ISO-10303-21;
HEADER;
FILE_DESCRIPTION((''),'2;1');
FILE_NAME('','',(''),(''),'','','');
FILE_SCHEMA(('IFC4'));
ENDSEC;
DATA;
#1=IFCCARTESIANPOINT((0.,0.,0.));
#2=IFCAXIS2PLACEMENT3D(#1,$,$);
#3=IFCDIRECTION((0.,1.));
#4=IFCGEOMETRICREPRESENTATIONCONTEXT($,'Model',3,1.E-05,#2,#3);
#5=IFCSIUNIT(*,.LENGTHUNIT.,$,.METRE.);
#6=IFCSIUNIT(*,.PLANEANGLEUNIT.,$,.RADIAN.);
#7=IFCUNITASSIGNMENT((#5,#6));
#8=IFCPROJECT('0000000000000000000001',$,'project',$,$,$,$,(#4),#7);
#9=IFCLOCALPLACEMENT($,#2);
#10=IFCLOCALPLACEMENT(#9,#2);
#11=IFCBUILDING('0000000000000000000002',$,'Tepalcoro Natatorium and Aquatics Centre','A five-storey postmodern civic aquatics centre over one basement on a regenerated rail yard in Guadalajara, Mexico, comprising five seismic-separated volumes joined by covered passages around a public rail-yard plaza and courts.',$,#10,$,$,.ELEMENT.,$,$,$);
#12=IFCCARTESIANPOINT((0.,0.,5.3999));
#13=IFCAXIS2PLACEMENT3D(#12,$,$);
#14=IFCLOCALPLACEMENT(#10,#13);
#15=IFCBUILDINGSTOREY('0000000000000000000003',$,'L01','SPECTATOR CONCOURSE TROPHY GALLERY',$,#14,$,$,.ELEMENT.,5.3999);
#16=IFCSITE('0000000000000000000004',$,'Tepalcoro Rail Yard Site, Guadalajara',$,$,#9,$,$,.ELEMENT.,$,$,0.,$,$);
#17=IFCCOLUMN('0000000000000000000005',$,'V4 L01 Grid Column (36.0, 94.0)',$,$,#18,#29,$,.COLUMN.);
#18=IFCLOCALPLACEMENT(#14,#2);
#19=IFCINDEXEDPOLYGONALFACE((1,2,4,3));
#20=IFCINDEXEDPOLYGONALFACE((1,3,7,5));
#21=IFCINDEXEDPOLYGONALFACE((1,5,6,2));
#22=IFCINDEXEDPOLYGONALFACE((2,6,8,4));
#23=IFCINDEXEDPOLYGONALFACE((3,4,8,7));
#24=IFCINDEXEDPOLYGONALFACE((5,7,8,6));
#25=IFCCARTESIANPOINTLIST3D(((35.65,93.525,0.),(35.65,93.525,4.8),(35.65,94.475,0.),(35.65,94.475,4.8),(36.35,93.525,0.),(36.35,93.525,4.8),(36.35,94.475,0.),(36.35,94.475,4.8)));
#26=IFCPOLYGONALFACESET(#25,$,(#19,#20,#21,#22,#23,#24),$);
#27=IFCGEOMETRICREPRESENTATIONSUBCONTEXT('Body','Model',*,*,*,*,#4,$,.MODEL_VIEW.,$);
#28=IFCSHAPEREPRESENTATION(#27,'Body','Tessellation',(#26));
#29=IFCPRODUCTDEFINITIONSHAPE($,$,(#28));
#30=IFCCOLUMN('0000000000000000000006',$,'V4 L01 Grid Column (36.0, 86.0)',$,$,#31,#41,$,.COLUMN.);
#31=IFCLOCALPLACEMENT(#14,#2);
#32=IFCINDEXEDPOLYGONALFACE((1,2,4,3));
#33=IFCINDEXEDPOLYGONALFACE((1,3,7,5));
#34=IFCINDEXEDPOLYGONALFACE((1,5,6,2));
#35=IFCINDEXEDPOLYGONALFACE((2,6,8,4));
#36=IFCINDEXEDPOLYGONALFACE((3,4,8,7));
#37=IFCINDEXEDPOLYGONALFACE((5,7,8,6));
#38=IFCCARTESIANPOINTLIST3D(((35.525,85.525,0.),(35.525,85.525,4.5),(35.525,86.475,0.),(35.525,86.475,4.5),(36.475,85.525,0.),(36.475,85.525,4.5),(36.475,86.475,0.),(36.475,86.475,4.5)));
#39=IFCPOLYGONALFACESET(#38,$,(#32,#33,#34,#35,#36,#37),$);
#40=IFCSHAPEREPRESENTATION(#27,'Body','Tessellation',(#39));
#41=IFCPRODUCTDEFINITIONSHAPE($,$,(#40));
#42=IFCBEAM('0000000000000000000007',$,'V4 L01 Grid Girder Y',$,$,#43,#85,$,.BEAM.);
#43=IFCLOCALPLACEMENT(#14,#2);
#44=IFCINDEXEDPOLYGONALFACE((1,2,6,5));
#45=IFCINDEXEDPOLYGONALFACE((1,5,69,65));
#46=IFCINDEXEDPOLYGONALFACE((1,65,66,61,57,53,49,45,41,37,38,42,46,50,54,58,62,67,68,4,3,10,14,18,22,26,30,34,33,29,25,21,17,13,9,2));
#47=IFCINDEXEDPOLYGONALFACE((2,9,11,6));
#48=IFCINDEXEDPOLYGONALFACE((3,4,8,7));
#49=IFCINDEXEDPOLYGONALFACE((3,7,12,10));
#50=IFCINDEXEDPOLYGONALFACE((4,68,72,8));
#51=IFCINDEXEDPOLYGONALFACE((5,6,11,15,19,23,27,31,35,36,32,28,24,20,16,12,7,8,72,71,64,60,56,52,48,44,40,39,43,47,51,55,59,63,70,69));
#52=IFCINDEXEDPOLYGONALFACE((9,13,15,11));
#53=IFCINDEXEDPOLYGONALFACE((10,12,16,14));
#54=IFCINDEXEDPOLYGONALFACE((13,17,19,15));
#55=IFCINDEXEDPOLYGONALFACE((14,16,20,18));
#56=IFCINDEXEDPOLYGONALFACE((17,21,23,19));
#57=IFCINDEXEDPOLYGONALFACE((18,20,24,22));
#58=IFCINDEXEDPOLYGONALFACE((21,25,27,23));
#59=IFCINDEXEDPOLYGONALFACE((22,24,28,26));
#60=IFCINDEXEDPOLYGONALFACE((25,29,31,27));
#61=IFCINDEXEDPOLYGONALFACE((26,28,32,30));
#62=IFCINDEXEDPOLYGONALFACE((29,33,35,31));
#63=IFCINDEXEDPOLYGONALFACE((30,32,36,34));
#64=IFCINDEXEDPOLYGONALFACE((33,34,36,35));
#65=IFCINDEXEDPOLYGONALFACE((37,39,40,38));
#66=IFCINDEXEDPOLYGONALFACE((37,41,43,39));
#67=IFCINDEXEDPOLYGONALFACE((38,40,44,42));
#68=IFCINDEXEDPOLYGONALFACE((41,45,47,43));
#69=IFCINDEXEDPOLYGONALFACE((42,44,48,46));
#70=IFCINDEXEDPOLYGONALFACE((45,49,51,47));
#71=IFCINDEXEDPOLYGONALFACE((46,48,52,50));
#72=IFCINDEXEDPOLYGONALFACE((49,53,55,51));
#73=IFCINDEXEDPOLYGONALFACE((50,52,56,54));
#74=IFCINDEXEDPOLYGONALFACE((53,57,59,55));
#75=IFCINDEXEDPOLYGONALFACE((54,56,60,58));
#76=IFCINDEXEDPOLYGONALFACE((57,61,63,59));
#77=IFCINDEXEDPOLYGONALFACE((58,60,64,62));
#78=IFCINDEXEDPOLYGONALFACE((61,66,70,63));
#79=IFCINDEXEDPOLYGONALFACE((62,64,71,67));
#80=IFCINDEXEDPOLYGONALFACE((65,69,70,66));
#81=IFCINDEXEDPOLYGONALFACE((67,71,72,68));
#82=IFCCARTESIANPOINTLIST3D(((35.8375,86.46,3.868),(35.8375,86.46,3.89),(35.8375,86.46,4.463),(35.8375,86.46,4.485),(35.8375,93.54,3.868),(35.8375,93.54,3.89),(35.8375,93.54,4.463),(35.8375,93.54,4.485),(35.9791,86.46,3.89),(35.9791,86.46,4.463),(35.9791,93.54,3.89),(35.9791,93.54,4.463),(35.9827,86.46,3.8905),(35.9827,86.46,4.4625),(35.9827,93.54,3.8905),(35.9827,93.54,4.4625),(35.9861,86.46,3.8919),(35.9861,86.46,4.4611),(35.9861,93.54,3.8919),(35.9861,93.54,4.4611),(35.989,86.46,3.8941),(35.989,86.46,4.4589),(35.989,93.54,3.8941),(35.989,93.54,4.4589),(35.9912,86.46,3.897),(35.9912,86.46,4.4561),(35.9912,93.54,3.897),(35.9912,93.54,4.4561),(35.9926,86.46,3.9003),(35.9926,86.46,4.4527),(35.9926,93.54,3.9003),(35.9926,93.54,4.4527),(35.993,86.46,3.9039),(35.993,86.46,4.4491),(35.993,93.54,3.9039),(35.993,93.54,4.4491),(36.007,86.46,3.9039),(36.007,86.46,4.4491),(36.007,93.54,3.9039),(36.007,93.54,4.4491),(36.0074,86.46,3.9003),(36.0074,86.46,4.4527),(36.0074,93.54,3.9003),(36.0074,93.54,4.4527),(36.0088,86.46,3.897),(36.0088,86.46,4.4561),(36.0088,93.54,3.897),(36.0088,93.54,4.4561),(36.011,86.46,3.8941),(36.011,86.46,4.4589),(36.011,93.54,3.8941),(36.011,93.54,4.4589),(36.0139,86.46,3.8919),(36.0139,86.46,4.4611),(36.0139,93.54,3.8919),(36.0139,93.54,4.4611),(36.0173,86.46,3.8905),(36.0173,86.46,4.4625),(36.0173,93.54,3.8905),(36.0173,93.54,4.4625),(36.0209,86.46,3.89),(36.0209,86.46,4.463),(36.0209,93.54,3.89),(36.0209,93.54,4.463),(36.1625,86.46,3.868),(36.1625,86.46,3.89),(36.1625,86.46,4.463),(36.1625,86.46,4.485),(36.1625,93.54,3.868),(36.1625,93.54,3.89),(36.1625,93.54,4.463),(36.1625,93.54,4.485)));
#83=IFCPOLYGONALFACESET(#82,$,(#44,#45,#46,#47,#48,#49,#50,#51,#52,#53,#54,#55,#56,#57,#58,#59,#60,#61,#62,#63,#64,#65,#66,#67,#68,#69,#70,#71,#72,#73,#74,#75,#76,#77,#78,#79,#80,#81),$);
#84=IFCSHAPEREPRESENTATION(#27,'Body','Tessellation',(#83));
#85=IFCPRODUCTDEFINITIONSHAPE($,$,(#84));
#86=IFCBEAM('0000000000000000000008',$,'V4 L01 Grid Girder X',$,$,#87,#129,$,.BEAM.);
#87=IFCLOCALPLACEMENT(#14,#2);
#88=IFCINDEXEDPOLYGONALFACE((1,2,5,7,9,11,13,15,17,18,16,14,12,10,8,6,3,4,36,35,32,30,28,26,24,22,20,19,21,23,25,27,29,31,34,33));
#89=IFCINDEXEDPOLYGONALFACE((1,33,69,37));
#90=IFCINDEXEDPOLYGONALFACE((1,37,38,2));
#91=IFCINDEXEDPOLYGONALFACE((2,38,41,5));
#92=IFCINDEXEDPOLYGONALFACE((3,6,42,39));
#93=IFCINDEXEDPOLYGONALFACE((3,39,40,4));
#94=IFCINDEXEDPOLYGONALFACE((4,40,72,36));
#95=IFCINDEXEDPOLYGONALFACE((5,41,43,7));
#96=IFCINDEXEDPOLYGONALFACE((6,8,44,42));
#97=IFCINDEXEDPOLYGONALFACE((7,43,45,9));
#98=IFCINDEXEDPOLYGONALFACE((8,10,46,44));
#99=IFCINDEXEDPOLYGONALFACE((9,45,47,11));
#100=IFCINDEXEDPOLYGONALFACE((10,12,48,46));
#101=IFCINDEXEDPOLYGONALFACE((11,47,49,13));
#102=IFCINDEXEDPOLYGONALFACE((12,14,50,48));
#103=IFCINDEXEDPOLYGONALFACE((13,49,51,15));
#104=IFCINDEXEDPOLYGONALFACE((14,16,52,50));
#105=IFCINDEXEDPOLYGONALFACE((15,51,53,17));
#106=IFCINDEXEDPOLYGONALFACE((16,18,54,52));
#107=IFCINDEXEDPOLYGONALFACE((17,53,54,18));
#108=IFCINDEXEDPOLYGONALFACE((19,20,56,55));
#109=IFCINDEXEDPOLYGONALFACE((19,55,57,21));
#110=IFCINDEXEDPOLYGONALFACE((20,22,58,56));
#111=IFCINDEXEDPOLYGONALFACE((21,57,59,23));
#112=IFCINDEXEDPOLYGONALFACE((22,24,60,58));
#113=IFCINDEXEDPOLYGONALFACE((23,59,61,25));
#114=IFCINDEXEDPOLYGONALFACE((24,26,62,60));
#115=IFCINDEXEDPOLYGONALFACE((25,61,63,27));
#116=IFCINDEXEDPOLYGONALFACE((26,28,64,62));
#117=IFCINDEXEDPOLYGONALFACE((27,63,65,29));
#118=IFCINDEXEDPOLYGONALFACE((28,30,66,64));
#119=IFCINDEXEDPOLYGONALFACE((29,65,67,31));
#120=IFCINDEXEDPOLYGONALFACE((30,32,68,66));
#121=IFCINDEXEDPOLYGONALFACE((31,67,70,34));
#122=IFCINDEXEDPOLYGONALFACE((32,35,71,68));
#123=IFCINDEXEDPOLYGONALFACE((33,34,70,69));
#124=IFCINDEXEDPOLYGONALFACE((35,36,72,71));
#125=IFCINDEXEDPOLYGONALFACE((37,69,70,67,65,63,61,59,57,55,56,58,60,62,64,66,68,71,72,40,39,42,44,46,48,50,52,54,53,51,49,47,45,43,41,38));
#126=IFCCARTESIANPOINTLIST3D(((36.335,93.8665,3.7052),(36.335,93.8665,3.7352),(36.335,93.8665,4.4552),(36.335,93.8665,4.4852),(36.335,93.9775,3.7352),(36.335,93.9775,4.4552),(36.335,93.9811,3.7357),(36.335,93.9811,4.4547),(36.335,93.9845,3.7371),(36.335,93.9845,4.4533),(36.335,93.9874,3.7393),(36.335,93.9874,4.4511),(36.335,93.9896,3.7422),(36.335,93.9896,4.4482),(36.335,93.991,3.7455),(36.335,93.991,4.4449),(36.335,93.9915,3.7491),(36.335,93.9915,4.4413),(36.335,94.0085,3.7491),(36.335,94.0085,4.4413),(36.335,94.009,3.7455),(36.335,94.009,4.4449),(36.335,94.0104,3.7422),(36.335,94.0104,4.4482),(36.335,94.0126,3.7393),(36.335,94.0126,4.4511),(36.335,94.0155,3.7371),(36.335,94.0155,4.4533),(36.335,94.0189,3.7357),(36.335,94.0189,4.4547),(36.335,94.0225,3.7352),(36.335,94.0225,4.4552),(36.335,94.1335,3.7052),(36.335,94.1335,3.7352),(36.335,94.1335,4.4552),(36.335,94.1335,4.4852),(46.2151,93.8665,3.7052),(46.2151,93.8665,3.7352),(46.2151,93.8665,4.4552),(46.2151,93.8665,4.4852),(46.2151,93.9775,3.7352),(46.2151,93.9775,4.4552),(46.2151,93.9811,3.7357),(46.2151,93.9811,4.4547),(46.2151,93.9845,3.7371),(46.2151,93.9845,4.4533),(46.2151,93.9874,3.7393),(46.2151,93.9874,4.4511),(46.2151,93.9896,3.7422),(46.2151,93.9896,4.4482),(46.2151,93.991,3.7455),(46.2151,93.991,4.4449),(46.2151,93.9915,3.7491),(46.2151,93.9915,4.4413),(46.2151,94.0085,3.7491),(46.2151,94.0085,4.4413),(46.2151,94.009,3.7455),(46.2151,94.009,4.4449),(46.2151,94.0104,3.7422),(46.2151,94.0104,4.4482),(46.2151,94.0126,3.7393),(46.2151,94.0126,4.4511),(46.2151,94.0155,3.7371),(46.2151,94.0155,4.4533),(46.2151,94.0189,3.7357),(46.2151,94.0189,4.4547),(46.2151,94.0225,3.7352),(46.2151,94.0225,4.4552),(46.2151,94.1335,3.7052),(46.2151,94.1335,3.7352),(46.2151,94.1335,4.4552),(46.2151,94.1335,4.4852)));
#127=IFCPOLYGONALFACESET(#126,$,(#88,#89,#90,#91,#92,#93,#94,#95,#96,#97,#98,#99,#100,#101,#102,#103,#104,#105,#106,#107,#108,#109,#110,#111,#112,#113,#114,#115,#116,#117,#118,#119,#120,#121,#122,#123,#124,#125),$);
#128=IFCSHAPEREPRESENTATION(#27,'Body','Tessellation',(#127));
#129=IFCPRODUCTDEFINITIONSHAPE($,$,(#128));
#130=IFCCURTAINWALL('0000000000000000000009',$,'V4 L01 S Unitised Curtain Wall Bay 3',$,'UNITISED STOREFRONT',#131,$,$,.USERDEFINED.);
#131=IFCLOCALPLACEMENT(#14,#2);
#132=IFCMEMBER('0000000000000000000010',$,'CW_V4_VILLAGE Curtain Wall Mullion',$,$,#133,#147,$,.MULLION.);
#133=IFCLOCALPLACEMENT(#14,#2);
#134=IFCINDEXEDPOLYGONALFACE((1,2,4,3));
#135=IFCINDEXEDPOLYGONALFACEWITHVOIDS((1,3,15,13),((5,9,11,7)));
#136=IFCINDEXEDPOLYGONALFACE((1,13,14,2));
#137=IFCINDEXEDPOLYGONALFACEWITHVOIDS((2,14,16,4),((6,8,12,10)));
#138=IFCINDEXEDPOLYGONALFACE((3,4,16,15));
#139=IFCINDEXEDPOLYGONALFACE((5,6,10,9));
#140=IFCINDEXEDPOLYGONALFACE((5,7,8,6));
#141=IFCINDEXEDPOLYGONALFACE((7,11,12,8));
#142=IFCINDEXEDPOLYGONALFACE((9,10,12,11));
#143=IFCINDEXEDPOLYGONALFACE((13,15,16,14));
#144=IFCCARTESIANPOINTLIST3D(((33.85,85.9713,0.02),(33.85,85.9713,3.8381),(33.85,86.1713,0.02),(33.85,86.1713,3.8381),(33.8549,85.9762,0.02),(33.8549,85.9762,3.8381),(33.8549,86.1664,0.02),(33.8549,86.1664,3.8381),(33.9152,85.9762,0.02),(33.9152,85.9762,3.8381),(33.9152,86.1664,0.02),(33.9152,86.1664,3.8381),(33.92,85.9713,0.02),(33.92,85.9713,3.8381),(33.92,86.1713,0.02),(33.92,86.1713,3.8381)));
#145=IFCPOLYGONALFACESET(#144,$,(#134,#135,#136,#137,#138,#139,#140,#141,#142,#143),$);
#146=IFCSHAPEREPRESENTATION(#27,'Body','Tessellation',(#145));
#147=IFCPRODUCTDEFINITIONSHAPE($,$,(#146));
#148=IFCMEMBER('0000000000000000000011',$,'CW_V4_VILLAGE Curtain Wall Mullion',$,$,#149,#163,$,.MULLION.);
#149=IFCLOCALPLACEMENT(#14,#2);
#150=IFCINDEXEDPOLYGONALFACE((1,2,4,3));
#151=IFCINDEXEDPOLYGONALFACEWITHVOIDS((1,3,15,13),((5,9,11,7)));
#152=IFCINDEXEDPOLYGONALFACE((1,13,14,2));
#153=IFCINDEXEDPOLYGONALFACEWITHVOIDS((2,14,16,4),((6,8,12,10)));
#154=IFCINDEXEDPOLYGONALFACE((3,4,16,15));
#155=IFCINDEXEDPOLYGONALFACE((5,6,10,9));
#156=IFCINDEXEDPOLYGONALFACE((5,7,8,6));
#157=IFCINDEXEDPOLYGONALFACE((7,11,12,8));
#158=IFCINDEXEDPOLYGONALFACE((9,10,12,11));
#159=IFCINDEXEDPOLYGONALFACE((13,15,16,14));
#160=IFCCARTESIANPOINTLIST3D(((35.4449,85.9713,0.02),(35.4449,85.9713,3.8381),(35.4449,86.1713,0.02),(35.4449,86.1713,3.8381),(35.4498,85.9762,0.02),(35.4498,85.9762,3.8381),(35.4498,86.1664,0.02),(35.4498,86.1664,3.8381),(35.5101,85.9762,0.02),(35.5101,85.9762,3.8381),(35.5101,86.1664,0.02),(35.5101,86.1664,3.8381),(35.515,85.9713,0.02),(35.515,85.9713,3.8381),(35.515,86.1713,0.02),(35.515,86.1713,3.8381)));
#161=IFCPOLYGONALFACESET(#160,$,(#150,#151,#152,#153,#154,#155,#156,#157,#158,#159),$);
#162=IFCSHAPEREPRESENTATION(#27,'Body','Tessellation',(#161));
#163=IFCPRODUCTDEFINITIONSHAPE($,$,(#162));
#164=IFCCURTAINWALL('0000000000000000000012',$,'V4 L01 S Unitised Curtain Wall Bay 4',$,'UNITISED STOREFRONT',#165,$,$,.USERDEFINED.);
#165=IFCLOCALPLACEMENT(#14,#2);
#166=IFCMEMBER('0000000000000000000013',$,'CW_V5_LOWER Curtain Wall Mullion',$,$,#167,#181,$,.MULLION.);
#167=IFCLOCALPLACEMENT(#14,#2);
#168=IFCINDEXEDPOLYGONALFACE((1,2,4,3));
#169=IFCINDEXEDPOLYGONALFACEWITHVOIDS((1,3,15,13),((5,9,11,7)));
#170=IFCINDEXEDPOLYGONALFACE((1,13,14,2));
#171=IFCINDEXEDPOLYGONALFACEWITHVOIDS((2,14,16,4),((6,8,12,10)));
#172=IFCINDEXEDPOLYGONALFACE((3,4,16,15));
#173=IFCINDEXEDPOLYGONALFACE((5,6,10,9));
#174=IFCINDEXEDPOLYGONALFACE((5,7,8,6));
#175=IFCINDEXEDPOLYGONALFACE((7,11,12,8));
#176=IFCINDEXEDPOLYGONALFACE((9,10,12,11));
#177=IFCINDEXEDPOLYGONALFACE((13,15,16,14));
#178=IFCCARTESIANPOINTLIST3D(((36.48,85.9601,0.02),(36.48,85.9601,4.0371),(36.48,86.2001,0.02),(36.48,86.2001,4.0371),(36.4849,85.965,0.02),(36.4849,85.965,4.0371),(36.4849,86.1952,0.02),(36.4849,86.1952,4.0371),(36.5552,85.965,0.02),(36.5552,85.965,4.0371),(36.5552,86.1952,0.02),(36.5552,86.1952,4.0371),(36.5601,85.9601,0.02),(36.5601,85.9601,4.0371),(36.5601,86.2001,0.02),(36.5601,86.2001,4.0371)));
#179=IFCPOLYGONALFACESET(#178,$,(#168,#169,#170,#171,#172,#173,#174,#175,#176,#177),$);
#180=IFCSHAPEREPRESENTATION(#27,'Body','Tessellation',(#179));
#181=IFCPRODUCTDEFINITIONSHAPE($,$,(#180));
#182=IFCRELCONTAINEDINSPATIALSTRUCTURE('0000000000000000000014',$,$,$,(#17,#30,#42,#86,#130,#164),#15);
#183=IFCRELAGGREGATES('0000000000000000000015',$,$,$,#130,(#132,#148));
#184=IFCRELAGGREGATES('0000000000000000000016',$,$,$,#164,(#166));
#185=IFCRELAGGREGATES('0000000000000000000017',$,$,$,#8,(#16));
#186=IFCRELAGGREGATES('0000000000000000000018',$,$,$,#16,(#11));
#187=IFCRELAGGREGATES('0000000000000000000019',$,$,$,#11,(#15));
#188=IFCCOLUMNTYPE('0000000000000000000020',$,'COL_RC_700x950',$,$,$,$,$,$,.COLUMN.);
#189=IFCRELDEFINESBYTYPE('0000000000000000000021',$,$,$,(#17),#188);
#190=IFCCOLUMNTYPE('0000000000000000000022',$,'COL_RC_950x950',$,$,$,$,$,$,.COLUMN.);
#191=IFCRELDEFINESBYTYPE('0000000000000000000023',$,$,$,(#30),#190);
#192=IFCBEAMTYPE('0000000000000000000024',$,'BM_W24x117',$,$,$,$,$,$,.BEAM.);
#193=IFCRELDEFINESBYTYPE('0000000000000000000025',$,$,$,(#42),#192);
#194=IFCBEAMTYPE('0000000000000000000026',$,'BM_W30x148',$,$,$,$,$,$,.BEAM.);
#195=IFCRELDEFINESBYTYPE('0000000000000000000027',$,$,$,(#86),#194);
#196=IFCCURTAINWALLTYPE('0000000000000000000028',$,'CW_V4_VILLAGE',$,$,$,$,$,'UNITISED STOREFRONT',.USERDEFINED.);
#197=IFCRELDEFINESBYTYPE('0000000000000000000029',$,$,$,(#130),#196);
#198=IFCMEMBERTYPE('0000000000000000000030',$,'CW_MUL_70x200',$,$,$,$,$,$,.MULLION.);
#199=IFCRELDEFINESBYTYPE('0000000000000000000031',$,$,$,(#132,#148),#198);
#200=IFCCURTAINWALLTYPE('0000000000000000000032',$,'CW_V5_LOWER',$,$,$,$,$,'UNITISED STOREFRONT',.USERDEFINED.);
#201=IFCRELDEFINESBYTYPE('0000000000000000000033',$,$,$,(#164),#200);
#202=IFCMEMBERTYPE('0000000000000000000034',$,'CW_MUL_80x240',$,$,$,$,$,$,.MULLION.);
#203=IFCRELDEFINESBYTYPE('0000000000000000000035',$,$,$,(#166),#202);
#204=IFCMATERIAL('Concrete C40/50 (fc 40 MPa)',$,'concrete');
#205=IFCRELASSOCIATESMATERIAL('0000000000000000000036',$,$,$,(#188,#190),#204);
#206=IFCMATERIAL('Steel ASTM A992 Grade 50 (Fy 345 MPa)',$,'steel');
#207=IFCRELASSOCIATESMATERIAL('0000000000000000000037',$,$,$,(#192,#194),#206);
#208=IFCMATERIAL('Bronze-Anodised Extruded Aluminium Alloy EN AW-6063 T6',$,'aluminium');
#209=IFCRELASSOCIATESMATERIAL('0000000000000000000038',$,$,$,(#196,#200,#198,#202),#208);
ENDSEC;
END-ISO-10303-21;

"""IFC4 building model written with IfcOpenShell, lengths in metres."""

from ifc_helpers import new_model, si_unit, direction, frame, origin, origin_2d, place, context, subcontext, project, spatial, rectangle, hollow_rectangle, i_section, extrude, material, material_profile, profile_set, type_object, element, aggregate, save


model = new_model("IFC4")

# Units and contexts
model_context = context("Model", 3, precision=1e-05, world=origin(), true_north=direction((0.0, 1.0)))
body_context = subcontext(model_context, "Body", "Model", "MODEL_VIEW")
ifc_project = project(units=[si_unit("LENGTHUNIT", "METRE"), si_unit("PLANEANGLEUNIT", "RADIAN")], contexts=[model_context])

# Site, building, storey
site_placement = place(None, origin())
site = spatial("IfcSite", under=ifc_project, at=site_placement, Name="Tepalcoro Rail Yard Site, Guadalajara", CompositionType="ELEMENT", RefElevation=0.0)
building_placement = place(site_placement, origin())
building = spatial("IfcBuilding", under=site, at=building_placement, Name="Tepalcoro Natatorium and Aquatics Centre", Description="A five-storey postmodern civic aquatics centre over one basement on a regenerated rail yard in Guadalajara, Mexico, comprising five seismic-separated volumes joined by covered passages around a public rail-yard plaza and courts.", CompositionType="ELEMENT")
storey_placement = place(building_placement, frame((0.0, 0.0, 5.3999)))
storey = spatial("IfcBuildingStorey", under=building, at=storey_placement, Name="L01", Description="SPECTATOR CONCOURSE TROPHY GALLERY", CompositionType="ELEMENT", Elevation=5.3999)

# Columns
ifc_material_1 = material(Name="Concrete C40/50 (fc 40 MPa)", Category="concrete")
ifc_material_profile_1 = material_profile(ifc_material_1, rectangle(XDim=0.7, YDim=0.95, at=origin_2d()), Name="RC700x950")
ifc_profile_set_1 = profile_set([ifc_material_profile_1], Name="Concrete C40/50 (fc 40 MPa)")
column_type_1 = type_object("IfcColumnType", Name="COL_RC_700x950", PredefinedType="COLUMN", material=ifc_profile_set_1)
column_1_placement = place(storey_placement, frame((36.0, 94.0, 0.0), z_axis=(0.0, 0.0, 1.0), x_axis=(1.0, 0.0, 0.0)))
element("IfcColumn", 1, at=column_1_placement, inside=storey, type_object=column_type_1, Name="V4 L01 Grid Column (36.0, 94.0)", PredefinedType="COLUMN", context=body_context, shape_type="SweptSolid", body=[
    extrude(rectangle(XDim=0.7, YDim=0.95, at=origin_2d()), origin(), (0.0, 0.0, 1.0), 4.8),
])
ifc_material_profile_2 = material_profile(ifc_material_1, rectangle(XDim=0.95, YDim=0.95, at=origin_2d()), Name="RC950x950")
ifc_profile_set_2 = profile_set([ifc_material_profile_2], Name="Concrete C40/50 (fc 40 MPa)")
column_type_2 = type_object("IfcColumnType", Name="COL_RC_950x950", PredefinedType="COLUMN", material=ifc_profile_set_2)
column_2_placement = place(storey_placement, frame((36.0, 86.0, 0.0), z_axis=(0.0, 0.0, 1.0), x_axis=(1.0, 0.0, 0.0)))
element("IfcColumn", 2, at=column_2_placement, inside=storey, type_object=column_type_2, Name="V4 L01 Grid Column (36.0, 86.0)", PredefinedType="COLUMN", context=body_context, shape_type="SweptSolid", body=[
    extrude(rectangle(XDim=0.95, YDim=0.95, at=origin_2d()), origin(), (0.0, 0.0, 1.0), 4.5),
])

# Beams
ifc_material_2 = material(Name="Steel ASTM A992 Grade 50 (Fy 345 MPa)", Category="steel")
ifc_material_profile_3 = material_profile(ifc_material_2, i_section(OverallWidth=0.325, OverallDepth=0.6169, WebThickness=0.0139, FlangeThickness=0.022, FilletRadius=0.0139, at=origin_2d()), Name="W24X117")
ifc_profile_set_3 = profile_set([ifc_material_profile_3], Name="Steel ASTM A992 Grade 50 (Fy 345 MPa)")
beam_type_1 = type_object("IfcBeamType", Name="BM_W24x117", PredefinedType="BEAM", material=ifc_profile_set_3)
beam_1_placement = place(storey_placement, frame((36.0, 86.46, 4.1765), z_axis=(0.0, 1.0, 0.0), x_axis=(-1.0, 0.0, 0.0)))
element("IfcBeam", 3, at=beam_1_placement, inside=storey, type_object=beam_type_1, Name="V4 L01 Grid Girder Y", PredefinedType="BEAM", context=body_context, shape_type="SweptSolid", body=[
    extrude(i_section(OverallWidth=0.325, OverallDepth=0.6169, WebThickness=0.0139, FlangeThickness=0.022, FilletRadius=0.0139, at=origin_2d()), origin(), (0.0, 0.0, 1.0), 7.0801),
])
ifc_material_profile_4 = material_profile(ifc_material_2, i_section(OverallWidth=0.2671, OverallDepth=0.78, WebThickness=0.0171, FlangeThickness=0.03, FilletRadius=0.0139, at=origin_2d()), Name="W30X148")
ifc_profile_set_4 = profile_set([ifc_material_profile_4], Name="Steel ASTM A992 Grade 50 (Fy 345 MPa)")
beam_type_2 = type_object("IfcBeamType", Name="BM_W30x148", PredefinedType="BEAM", material=ifc_profile_set_4)
beam_2_placement = place(storey_placement, frame((36.335, 94.0, 4.0952), z_axis=(1.0, 0.0, 0.0), x_axis=(0.0, 1.0, 0.0)))
element("IfcBeam", 4, at=beam_2_placement, inside=storey, type_object=beam_type_2, Name="V4 L01 Grid Girder X", PredefinedType="BEAM", context=body_context, shape_type="SweptSolid", body=[
    extrude(i_section(OverallWidth=0.2671, OverallDepth=0.78, WebThickness=0.0171, FlangeThickness=0.03, FilletRadius=0.0139, at=origin_2d()), origin(), (0.0, 0.0, 1.0), 9.8801),
])

# Curtain walls, members
ifc_material_3 = material(Name="Bronze-Anodised Extruded Aluminium Alloy EN AW-6063 T6", Category="aluminium")
curtain_wall_type_1 = type_object("IfcCurtainWallType", Name="CW_V4_VILLAGE", ElementType="UNITISED STOREFRONT", PredefinedType="USERDEFINED", material=ifc_material_3)
curtain_wall_1_placement = place(storey_placement, origin())
curtain_wall_1 = element("IfcCurtainWall", 5, at=curtain_wall_1_placement, inside=storey, type_object=curtain_wall_type_1, Name="V4 L01 S Unitised Curtain Wall Bay 3", ObjectType="UNITISED STOREFRONT", PredefinedType="USERDEFINED")
ifc_material_profile_5 = material_profile(ifc_material_3, hollow_rectangle(XDim=0.0701, YDim=0.2, WallThickness=0.0049, at=origin_2d()), Name="AL70X200X5")
ifc_profile_set_5 = profile_set([ifc_material_profile_5], Name="Bronze-Anodised Extruded Aluminium Alloy EN AW-6063 T6")
member_type_1 = type_object("IfcMemberType", Name="CW_MUL_70x200", PredefinedType="MULLION", material=ifc_profile_set_5)
member_1_placement = place(storey_placement, frame((33.885, 86.0713, 0.02), z_axis=(0.0, 0.0, 1.0), x_axis=(1.0, 0.0, 0.0)))
member_1 = element("IfcMember", 6, at=member_1_placement, type_object=member_type_1, Name="CW_V4_VILLAGE Curtain Wall Mullion", PredefinedType="MULLION", context=body_context, shape_type="SweptSolid", body=[
    extrude(hollow_rectangle(XDim=0.0701, YDim=0.2, WallThickness=0.0049, at=origin_2d()), origin(), (0.0, 0.0, 1.0), 3.8181),
])
member_2_placement = place(storey_placement, frame((35.48, 86.0713, 0.02), z_axis=(0.0, 0.0, 1.0), x_axis=(1.0, 0.0, 0.0)))
member_2 = element("IfcMember", 7, at=member_2_placement, type_object=member_type_1, Name="CW_V4_VILLAGE Curtain Wall Mullion", PredefinedType="MULLION", context=body_context, shape_type="SweptSolid", body=[
    extrude(hollow_rectangle(XDim=0.0701, YDim=0.2, WallThickness=0.0049, at=origin_2d()), origin(), (0.0, 0.0, 1.0), 3.8181),
])
curtain_wall_type_2 = type_object("IfcCurtainWallType", Name="CW_V5_LOWER", ElementType="UNITISED STOREFRONT", PredefinedType="USERDEFINED", material=ifc_material_3)
curtain_wall_2_placement = place(storey_placement, origin())
curtain_wall_2 = element("IfcCurtainWall", 8, at=curtain_wall_2_placement, inside=storey, type_object=curtain_wall_type_2, Name="V4 L01 S Unitised Curtain Wall Bay 4", ObjectType="UNITISED STOREFRONT", PredefinedType="USERDEFINED")
ifc_material_profile_6 = material_profile(ifc_material_3, hollow_rectangle(XDim=0.0801, YDim=0.24, WallThickness=0.0049, at=origin_2d()), Name="AL80X240X5")
ifc_profile_set_6 = profile_set([ifc_material_profile_6], Name="Bronze-Anodised Extruded Aluminium Alloy EN AW-6063 T6")
member_type_2 = type_object("IfcMemberType", Name="CW_MUL_80x240", PredefinedType="MULLION", material=ifc_profile_set_6)
member_3_placement = place(storey_placement, frame((36.52, 86.0801, 0.02), z_axis=(0.0, 0.0, 1.0), x_axis=(1.0, 0.0, 0.0)))
member_3 = element("IfcMember", 9, at=member_3_placement, type_object=member_type_2, Name="CW_V5_LOWER Curtain Wall Mullion", PredefinedType="MULLION", context=body_context, shape_type="SweptSolid", body=[
    extrude(hollow_rectangle(XDim=0.0801, YDim=0.24, WallThickness=0.0049, at=origin_2d()), origin(), (0.0, 0.0, 1.0), 4.0171),
])

aggregate(curtain_wall_1, [member_1, member_2])
aggregate(curtain_wall_2, [member_3])

save(model, "model.ifc")
